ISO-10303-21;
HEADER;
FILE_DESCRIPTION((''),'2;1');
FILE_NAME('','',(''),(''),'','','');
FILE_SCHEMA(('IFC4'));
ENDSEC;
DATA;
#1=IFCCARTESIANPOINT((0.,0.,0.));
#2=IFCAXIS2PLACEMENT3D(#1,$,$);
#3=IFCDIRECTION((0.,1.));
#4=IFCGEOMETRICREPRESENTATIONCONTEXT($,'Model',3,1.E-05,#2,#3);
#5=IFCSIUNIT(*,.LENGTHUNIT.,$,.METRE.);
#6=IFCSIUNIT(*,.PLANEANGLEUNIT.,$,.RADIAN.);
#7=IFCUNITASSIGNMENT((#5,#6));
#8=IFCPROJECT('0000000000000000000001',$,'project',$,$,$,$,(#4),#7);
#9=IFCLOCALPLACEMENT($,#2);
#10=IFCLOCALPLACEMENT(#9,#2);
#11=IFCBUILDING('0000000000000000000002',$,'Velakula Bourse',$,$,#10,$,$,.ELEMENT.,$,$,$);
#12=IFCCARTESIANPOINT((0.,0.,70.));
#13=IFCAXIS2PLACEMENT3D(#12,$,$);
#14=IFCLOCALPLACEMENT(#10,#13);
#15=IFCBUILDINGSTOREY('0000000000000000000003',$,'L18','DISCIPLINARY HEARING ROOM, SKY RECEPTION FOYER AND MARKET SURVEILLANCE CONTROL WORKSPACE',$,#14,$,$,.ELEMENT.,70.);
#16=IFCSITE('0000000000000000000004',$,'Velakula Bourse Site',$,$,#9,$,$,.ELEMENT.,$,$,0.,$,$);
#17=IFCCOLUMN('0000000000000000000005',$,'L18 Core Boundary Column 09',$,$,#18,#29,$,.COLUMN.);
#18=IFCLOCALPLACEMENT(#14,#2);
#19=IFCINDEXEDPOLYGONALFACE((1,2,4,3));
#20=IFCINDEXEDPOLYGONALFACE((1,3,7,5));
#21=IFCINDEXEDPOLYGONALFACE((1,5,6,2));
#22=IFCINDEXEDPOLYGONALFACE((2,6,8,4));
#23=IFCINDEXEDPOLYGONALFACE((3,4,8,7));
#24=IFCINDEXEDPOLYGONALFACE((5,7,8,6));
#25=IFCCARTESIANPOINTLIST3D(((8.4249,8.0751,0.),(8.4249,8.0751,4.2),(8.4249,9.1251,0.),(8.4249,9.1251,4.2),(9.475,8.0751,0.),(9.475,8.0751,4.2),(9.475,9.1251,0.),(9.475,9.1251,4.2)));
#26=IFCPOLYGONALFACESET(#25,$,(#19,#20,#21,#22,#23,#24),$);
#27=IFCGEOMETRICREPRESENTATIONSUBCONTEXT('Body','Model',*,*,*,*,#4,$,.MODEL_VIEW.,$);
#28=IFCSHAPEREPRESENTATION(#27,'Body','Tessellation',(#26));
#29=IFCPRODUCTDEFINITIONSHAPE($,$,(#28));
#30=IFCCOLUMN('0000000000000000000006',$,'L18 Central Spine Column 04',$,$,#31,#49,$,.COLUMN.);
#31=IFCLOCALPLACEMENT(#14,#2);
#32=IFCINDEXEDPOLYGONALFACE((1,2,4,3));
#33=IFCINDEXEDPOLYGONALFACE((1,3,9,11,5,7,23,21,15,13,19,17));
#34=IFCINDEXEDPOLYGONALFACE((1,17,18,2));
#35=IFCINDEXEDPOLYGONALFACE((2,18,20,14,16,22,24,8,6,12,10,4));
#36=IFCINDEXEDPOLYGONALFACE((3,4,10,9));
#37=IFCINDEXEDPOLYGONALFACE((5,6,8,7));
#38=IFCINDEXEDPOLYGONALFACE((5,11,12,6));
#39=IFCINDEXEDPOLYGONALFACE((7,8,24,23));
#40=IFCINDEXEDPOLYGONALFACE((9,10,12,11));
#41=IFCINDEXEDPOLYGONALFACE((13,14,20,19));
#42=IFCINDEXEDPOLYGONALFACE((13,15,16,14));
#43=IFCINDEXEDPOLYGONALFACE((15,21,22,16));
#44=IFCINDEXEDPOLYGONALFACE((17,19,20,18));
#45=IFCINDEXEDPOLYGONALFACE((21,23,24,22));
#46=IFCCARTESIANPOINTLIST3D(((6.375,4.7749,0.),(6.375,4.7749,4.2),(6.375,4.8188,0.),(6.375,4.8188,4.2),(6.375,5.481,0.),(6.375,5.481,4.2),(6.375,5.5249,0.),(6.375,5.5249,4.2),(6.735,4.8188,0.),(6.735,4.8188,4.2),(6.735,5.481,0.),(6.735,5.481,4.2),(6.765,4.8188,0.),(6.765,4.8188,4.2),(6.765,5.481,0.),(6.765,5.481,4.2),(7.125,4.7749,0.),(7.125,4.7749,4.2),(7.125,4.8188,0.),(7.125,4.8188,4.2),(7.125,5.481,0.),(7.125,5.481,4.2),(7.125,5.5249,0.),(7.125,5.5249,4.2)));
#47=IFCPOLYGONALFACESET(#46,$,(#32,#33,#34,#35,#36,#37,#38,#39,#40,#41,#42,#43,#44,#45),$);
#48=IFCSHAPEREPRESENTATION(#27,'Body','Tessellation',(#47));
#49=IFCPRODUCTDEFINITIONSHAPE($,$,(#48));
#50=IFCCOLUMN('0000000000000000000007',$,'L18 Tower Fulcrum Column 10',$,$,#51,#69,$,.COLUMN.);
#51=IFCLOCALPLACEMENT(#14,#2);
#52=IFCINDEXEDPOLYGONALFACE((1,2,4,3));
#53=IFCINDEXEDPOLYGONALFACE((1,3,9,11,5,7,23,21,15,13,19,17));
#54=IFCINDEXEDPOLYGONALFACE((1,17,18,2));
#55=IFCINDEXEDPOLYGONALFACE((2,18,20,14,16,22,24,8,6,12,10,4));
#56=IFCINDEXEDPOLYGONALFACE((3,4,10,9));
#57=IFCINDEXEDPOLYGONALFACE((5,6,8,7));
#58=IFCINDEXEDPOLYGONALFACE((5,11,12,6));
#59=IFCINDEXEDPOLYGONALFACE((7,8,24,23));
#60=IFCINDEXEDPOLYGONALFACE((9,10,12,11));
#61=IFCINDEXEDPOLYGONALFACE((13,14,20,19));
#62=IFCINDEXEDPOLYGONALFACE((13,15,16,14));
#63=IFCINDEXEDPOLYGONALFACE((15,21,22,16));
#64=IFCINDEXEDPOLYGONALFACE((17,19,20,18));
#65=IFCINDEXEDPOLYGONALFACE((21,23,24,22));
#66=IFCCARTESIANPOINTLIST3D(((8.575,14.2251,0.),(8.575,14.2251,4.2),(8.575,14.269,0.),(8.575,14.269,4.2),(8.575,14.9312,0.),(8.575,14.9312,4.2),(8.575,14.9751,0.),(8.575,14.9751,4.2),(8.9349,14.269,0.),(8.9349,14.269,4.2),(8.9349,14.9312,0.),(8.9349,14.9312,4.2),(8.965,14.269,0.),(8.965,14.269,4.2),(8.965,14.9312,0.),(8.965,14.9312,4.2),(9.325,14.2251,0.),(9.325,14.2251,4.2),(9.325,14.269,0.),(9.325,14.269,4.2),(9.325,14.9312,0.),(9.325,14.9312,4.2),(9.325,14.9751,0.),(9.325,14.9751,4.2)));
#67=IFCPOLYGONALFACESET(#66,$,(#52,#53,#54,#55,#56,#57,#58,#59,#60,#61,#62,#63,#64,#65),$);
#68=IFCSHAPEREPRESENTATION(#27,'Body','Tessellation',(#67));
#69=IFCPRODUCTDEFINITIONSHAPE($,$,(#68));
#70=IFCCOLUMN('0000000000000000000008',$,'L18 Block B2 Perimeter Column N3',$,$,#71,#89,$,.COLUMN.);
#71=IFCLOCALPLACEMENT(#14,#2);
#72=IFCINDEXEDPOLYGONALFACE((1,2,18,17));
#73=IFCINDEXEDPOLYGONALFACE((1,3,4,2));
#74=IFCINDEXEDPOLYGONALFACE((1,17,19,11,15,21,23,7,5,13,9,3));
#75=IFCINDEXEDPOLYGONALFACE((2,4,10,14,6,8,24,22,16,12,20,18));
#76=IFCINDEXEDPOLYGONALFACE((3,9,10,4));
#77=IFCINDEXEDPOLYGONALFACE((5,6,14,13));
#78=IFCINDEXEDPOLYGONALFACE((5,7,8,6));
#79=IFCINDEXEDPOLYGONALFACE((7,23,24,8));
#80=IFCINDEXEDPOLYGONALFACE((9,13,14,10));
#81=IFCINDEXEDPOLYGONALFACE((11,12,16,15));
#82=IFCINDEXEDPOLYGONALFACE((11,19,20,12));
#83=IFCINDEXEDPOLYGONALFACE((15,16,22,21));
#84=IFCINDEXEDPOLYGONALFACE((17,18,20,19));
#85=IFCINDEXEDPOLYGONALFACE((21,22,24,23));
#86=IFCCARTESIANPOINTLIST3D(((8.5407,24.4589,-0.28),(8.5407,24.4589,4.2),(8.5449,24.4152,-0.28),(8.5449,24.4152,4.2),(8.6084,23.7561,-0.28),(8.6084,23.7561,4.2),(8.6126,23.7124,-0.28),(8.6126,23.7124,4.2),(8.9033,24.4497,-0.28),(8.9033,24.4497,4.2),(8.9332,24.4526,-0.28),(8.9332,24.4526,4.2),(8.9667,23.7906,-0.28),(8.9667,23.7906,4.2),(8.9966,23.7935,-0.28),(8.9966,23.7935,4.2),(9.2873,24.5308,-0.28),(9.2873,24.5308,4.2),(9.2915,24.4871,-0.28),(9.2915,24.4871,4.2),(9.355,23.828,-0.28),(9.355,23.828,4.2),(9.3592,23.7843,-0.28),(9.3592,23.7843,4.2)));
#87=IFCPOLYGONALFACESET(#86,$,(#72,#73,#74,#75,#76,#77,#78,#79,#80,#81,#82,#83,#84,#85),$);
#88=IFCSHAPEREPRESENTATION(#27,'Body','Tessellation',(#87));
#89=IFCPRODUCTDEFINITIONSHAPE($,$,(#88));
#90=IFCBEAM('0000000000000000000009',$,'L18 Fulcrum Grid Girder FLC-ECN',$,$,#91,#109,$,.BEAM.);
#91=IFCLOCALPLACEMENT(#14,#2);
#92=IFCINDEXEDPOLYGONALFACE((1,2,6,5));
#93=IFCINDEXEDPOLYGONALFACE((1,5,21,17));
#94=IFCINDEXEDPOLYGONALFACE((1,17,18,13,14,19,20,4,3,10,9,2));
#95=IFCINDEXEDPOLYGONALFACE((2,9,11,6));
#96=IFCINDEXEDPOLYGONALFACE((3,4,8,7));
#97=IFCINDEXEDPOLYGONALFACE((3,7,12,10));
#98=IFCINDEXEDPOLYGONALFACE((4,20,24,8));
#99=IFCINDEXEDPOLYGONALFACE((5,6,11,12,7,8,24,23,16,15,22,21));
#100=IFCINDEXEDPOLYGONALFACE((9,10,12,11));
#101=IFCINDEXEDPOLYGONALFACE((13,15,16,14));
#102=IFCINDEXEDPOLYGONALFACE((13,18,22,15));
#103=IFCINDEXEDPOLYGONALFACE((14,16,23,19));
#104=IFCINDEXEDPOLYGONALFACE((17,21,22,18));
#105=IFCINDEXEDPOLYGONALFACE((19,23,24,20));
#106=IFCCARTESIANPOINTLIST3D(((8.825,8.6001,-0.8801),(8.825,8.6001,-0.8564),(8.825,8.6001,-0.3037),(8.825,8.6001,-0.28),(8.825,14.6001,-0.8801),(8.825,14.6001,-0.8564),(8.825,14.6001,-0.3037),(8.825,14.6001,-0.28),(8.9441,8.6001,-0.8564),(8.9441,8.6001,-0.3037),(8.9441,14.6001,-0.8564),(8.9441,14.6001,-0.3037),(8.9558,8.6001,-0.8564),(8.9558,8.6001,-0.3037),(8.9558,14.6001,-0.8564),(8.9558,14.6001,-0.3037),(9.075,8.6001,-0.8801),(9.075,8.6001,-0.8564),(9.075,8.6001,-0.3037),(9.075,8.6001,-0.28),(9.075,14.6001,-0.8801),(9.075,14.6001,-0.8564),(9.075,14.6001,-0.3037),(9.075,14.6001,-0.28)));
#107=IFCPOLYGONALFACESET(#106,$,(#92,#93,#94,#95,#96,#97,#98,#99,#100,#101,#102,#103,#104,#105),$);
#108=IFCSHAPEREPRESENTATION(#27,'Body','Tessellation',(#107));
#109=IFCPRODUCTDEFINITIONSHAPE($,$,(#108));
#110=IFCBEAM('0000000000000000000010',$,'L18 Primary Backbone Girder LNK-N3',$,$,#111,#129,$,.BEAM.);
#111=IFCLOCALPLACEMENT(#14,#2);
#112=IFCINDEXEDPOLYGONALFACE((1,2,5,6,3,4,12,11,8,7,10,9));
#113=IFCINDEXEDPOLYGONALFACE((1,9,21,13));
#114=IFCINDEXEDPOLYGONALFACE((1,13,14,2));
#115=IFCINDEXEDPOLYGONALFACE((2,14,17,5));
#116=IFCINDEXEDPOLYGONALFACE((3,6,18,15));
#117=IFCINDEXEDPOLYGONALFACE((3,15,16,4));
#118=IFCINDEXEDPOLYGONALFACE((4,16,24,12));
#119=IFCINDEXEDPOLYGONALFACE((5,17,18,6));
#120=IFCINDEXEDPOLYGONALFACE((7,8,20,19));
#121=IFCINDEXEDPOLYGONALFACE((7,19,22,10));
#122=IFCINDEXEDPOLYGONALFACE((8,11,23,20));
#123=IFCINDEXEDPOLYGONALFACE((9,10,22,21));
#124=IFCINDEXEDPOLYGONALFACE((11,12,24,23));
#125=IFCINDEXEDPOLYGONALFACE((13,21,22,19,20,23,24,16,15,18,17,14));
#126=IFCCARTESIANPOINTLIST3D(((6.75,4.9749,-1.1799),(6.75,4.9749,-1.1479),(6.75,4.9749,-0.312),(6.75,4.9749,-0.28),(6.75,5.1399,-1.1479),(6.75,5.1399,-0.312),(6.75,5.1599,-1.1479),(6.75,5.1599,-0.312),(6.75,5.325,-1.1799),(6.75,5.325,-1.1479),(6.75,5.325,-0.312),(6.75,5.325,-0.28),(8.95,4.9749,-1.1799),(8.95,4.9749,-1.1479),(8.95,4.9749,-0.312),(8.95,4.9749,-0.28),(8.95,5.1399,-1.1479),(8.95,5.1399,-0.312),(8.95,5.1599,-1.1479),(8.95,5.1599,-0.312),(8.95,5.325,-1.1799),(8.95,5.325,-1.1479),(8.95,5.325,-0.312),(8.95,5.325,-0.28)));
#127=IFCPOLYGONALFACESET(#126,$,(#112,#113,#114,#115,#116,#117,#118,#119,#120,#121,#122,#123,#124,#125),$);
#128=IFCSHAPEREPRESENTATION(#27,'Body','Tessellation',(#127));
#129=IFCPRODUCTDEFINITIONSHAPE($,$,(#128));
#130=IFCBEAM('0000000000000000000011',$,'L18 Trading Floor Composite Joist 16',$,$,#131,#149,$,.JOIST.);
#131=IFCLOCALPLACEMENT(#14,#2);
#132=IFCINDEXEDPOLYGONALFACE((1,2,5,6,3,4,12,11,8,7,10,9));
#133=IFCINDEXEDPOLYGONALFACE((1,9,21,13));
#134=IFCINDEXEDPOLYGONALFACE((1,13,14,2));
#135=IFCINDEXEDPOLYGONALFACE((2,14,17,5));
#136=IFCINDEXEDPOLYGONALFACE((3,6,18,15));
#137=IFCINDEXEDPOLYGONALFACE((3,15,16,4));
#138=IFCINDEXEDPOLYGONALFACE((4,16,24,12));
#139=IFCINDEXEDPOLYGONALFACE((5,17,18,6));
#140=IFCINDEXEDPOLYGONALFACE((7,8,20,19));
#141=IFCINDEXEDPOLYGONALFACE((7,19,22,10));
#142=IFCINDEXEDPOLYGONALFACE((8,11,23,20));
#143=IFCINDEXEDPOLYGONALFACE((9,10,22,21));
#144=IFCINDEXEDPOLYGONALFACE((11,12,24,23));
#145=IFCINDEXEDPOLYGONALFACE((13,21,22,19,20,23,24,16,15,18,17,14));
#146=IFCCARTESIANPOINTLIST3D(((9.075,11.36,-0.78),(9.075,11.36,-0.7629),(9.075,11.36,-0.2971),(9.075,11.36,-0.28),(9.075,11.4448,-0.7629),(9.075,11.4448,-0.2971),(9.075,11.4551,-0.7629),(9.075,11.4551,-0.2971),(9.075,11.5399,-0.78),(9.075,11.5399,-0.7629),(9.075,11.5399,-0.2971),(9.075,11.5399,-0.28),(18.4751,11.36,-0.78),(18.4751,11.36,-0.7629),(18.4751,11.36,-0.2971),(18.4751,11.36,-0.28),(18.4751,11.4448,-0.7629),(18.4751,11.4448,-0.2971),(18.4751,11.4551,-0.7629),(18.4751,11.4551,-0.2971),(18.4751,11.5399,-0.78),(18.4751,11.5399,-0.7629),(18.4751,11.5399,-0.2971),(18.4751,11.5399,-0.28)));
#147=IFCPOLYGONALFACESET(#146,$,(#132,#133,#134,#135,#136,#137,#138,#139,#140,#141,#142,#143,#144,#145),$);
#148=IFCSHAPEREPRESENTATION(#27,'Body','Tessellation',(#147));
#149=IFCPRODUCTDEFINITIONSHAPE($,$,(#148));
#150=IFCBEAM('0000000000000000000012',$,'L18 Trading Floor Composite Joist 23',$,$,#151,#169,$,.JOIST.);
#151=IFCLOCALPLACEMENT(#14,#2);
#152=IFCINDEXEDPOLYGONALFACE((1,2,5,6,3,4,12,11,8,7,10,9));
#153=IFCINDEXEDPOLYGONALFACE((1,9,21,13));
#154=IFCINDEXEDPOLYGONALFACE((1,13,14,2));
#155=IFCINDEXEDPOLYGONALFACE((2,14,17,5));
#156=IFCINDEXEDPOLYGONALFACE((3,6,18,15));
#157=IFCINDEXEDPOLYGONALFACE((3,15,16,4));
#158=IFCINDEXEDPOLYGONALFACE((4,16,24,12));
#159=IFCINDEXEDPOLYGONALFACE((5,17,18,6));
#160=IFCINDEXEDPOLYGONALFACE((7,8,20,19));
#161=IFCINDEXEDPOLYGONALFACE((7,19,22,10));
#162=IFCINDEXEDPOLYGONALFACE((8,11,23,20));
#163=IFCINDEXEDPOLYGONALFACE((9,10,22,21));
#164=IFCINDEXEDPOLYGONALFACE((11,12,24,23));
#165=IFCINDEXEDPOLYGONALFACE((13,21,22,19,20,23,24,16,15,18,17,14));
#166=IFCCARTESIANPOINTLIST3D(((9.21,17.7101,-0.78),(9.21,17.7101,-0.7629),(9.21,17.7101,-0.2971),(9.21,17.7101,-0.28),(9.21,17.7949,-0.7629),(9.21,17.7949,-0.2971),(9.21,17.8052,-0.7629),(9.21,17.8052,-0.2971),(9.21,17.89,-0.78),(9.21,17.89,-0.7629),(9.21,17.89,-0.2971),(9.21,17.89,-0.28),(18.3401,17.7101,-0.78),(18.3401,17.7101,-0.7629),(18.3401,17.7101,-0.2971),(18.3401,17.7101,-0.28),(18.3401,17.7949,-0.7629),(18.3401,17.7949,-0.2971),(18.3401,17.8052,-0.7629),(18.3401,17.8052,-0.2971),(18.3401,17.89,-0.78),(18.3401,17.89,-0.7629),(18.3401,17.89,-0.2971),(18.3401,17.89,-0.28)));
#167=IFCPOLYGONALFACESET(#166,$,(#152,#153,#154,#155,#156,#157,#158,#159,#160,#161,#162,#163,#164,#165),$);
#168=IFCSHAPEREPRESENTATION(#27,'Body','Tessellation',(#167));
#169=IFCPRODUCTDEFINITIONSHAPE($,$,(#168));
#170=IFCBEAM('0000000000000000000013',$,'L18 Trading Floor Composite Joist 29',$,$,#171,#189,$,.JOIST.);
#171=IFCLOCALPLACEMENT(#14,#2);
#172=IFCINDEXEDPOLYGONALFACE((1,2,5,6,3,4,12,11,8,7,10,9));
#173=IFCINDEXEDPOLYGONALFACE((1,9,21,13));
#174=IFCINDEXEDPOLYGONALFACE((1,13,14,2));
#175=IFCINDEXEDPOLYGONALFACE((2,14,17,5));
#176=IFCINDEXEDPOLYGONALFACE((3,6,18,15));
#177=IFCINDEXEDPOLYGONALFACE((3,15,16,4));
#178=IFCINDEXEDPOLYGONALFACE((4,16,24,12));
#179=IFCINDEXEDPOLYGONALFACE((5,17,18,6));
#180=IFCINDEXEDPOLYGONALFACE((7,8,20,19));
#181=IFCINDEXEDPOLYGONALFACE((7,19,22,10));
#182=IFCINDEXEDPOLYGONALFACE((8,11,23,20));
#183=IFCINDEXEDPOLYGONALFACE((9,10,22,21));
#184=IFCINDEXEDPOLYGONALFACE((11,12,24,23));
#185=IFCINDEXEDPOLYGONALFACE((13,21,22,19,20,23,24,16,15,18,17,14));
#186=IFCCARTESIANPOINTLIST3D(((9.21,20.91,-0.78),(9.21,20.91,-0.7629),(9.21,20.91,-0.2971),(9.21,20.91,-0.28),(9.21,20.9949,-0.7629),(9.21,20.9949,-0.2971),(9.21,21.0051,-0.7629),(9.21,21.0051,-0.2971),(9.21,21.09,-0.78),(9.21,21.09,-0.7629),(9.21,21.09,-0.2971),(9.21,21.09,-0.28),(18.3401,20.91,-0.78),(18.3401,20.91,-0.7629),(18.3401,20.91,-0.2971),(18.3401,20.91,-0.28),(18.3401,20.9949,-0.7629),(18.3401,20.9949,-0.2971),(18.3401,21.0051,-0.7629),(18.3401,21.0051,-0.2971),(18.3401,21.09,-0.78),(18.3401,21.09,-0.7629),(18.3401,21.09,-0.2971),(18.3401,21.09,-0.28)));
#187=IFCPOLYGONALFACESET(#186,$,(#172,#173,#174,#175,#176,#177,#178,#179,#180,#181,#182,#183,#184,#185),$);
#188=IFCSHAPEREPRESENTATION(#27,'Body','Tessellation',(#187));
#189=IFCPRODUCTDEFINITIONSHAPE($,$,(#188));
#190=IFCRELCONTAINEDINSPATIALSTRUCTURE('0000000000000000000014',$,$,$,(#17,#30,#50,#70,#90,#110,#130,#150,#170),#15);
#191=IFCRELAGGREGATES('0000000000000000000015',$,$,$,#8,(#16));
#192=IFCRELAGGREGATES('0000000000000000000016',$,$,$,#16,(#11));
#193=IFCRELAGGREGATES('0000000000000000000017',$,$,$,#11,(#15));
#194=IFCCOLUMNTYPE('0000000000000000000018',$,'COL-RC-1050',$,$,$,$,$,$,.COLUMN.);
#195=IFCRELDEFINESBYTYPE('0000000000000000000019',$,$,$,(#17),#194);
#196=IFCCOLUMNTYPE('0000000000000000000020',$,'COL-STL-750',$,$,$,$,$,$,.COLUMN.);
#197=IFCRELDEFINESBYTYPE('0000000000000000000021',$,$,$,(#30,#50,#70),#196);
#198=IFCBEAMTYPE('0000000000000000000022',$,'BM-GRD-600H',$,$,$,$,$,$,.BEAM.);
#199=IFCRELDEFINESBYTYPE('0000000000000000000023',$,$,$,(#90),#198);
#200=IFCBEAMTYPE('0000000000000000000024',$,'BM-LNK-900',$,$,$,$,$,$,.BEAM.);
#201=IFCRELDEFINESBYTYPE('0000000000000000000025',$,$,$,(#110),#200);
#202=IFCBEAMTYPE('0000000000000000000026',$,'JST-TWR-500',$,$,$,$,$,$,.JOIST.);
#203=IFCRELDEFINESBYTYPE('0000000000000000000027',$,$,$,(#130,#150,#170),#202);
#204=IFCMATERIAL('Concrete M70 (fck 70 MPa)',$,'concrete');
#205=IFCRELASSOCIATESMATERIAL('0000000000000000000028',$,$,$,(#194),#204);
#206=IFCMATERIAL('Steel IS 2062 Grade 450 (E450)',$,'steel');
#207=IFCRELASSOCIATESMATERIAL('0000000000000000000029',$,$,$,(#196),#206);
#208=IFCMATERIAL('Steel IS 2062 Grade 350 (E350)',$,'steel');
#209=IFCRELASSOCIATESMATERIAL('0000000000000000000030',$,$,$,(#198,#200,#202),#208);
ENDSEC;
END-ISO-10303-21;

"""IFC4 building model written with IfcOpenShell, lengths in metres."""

from ifc_helpers import new_model, si_unit, direction, frame, origin, origin_2d, place, context, subcontext, project, spatial, rectangle, i_section, extrude, material, material_profile, profile_set, type_object, element, save


model = new_model("IFC4")

# Units and contexts
model_context = context("Model", 3, precision=1e-05, world=origin(), true_north=direction((0.0, 1.0)))
body_context = subcontext(model_context, "Body", "Model", "MODEL_VIEW")
ifc_project = project(units=[si_unit("LENGTHUNIT", "METRE"), si_unit("PLANEANGLEUNIT", "RADIAN")], contexts=[model_context])

# Site, building, storey
site_placement = place(None, origin())
site = spatial("IfcSite", under=ifc_project, at=site_placement, Name="Velakula Bourse Site", CompositionType="ELEMENT", RefElevation=0.0)
building_placement = place(site_placement, origin())
building = spatial("IfcBuilding", under=site, at=building_placement, Name="Velakula Bourse", CompositionType="ELEMENT")
storey_placement = place(building_placement, frame((0.0, 0.0, 70.0)))
storey = spatial("IfcBuildingStorey", under=building, at=storey_placement, Name="L18", Description="DISCIPLINARY HEARING ROOM, SKY RECEPTION FOYER AND MARKET SURVEILLANCE CONTROL WORKSPACE", CompositionType="ELEMENT", Elevation=70.0)

# Columns
ifc_material_1 = material(Name="Concrete M70 (fck 70 MPa)", Category="concrete")
ifc_material_profile_1 = material_profile(ifc_material_1, rectangle(XDim=1.05, YDim=1.05, at=origin_2d()), Name="Concrete M70 (fck 70 MPa)")
ifc_profile_set_1 = profile_set([ifc_material_profile_1], Name="Concrete M70 (fck 70 MPa)")
column_type_1 = type_object("IfcColumnType", Name="COL-RC-1050", PredefinedType="COLUMN", material=ifc_profile_set_1)
column_1_placement = place(storey_placement, frame((8.95, 8.6001, 0.0), z_axis=(0.0, 0.0, 1.0), x_axis=(1.0, 0.0, 0.0)))
element("IfcColumn", 1, at=column_1_placement, inside=storey, type_object=column_type_1, Name="L18 Core Boundary Column 09", PredefinedType="COLUMN", context=body_context, shape_type="SweptSolid", body=[
    extrude(rectangle(XDim=1.05, YDim=1.05, at=origin_2d()), origin(), (0.0, 0.0, 1.0), 4.2),
])
ifc_material_2 = material(Name="Steel IS 2062 Grade 450 (E450)", Category="steel")
ifc_material_profile_2 = material_profile(ifc_material_2, i_section(OverallWidth=0.75, OverallDepth=0.75, WebThickness=0.03, FlangeThickness=0.0439, at=origin_2d()), Name="Steel IS 2062 Grade 450 (E450)")
ifc_profile_set_2 = profile_set([ifc_material_profile_2], Name="Steel IS 2062 Grade 450 (E450)")
column_type_2 = type_object("IfcColumnType", Name="COL-STL-750", PredefinedType="COLUMN", material=ifc_profile_set_2)
for number, where, z_axis, x_axis, name in (
    (2, (6.75, 5.1499, 0.0), (0.0, 0.0, 1.0), (1.0, 0.0, 0.0), "L18 Central Spine Column 04"),
    (3, (8.95, 14.6001, 0.0), (0.0, 0.0, 1.0), (1.0, 0.0, 0.0), "L18 Tower Fulcrum Column 10"),
):
    element("IfcColumn", number, at=place(storey_placement, frame(where, z_axis=z_axis, x_axis=x_axis)), inside=storey, type_object=column_type_2, Name=name, PredefinedType="COLUMN", context=body_context, shape_type="SweptSolid", body=[
        extrude(i_section(OverallWidth=0.75, OverallDepth=0.75, WebThickness=0.03, FlangeThickness=0.0439, at=origin_2d()), origin(), (0.0, 0.0, 1.0), 4.2),
    ])
column_2_placement = place(storey_placement, frame((8.95, 24.1216, -0.28), z_axis=(0.0, 0.0, 1.0), x_axis=(0.995396, 0.095846, 0.0)))
element("IfcColumn", 4, at=column_2_placement, inside=storey, type_object=column_type_2, Name="L18 Block B2 Perimeter Column N3", PredefinedType="COLUMN", context=body_context, shape_type="SweptSolid", body=[
    extrude(i_section(OverallWidth=0.75, OverallDepth=0.75, WebThickness=0.03, FlangeThickness=0.0439, at=origin_2d()), origin(), (0.0, 0.0, 1.0), 4.48),
])

# Beams
ifc_material_3 = material(Name="Steel IS 2062 Grade 350 (E350)", Category="steel")
ifc_material_profile_3 = material_profile(ifc_material_3, i_section(OverallWidth=0.25, OverallDepth=0.6001, WebThickness=0.0117, FlangeThickness=0.0237, at=origin_2d()), Name="Steel IS 2062 Grade 350 (E350)")
ifc_profile_set_3 = profile_set([ifc_material_profile_3], Name="Steel IS 2062 Grade 350 (E350)")
beam_type_1 = type_object("IfcBeamType", Name="BM-GRD-600H", PredefinedType="BEAM", material=ifc_profile_set_3)
beam_1_placement = place(storey_placement, frame((8.95, 8.6001, -0.5801), z_axis=(0.0, 1.0, 0.0), x_axis=(-1.0, 0.0, 0.0)))
element("IfcBeam", 5, at=beam_1_placement, inside=storey, type_object=beam_type_1, Name="L18 Fulcrum Grid Girder FLC-ECN", PredefinedType="BEAM", context=body_context, shape_type="SweptSolid", body=[
    extrude(i_section(OverallWidth=0.25, OverallDepth=0.6001, WebThickness=0.0117, FlangeThickness=0.0237, at=origin_2d()), origin(), (0.0, 0.0, 1.0), 6.0),
])
ifc_material_profile_4 = material_profile(ifc_material_3, i_section(OverallWidth=0.3501, OverallDepth=0.8999, WebThickness=0.02, FlangeThickness=0.032, at=origin_2d()), Name="Steel IS 2062 Grade 350 (E350)")
ifc_profile_set_4 = profile_set([ifc_material_profile_4], Name="Steel IS 2062 Grade 350 (E350)")
beam_type_2 = type_object("IfcBeamType", Name="BM-LNK-900", PredefinedType="BEAM", material=ifc_profile_set_4)
beam_2_placement = place(storey_placement, frame((6.75, 5.1499, -0.73), z_axis=(1.0, 0.0, 0.0), x_axis=(0.0, 1.0, 0.0)))
element("IfcBeam", 6, at=beam_2_placement, inside=storey, type_object=beam_type_2, Name="L18 Primary Backbone Girder LNK-N3", PredefinedType="BEAM", context=body_context, shape_type="SweptSolid", body=[
    extrude(i_section(OverallWidth=0.3501, OverallDepth=0.8999, WebThickness=0.02, FlangeThickness=0.032, at=origin_2d()), origin(), (0.0, 0.0, 1.0), 2.2),
])
ifc_material_profile_5 = material_profile(ifc_material_3, i_section(OverallWidth=0.1799, OverallDepth=0.5, WebThickness=0.0103, FlangeThickness=0.0171, at=origin_2d()), Name="Steel IS 2062 Grade 350 (E350)")
ifc_profile_set_5 = profile_set([ifc_material_profile_5], Name="Steel IS 2062 Grade 350 (E350)")
beam_type_3 = type_object("IfcBeamType", Name="JST-TWR-500", PredefinedType="JOIST", material=ifc_profile_set_5)
beam_3_placement = place(storey_placement, frame((9.075, 11.45, -0.53), z_axis=(1.0, 0.0, 0.0), x_axis=(0.0, 1.0, 0.0)))
element("IfcBeam", 7, at=beam_3_placement, inside=storey, type_object=beam_type_3, Name="L18 Trading Floor Composite Joist 16", PredefinedType="JOIST", context=body_context, shape_type="SweptSolid", body=[
    extrude(i_section(OverallWidth=0.1799, OverallDepth=0.5, WebThickness=0.0103, FlangeThickness=0.0171, at=origin_2d()), origin(), (0.0, 0.0, 1.0), 9.4001),
])
for number, where, z_axis, x_axis, name in (
    (8, (9.21, 17.8, -0.53), (1.0, 0.0, 0.0), (0.0, 1.0, 0.0), "L18 Trading Floor Composite Joist 23"),
    (9, (9.21, 21.0, -0.53), (1.0, 0.0, 0.0), (0.0, 1.0, 0.0), "L18 Trading Floor Composite Joist 29"),
):
    element("IfcBeam", number, at=place(storey_placement, frame(where, z_axis=z_axis, x_axis=x_axis)), inside=storey, type_object=beam_type_3, Name=name, PredefinedType="JOIST", context=body_context, shape_type="SweptSolid", body=[
        extrude(i_section(OverallWidth=0.1799, OverallDepth=0.5, WebThickness=0.0103, FlangeThickness=0.0171, at=origin_2d()), origin(), (0.0, 0.0, 1.0), 9.1301),
    ])

save(model, "model.ifc")
